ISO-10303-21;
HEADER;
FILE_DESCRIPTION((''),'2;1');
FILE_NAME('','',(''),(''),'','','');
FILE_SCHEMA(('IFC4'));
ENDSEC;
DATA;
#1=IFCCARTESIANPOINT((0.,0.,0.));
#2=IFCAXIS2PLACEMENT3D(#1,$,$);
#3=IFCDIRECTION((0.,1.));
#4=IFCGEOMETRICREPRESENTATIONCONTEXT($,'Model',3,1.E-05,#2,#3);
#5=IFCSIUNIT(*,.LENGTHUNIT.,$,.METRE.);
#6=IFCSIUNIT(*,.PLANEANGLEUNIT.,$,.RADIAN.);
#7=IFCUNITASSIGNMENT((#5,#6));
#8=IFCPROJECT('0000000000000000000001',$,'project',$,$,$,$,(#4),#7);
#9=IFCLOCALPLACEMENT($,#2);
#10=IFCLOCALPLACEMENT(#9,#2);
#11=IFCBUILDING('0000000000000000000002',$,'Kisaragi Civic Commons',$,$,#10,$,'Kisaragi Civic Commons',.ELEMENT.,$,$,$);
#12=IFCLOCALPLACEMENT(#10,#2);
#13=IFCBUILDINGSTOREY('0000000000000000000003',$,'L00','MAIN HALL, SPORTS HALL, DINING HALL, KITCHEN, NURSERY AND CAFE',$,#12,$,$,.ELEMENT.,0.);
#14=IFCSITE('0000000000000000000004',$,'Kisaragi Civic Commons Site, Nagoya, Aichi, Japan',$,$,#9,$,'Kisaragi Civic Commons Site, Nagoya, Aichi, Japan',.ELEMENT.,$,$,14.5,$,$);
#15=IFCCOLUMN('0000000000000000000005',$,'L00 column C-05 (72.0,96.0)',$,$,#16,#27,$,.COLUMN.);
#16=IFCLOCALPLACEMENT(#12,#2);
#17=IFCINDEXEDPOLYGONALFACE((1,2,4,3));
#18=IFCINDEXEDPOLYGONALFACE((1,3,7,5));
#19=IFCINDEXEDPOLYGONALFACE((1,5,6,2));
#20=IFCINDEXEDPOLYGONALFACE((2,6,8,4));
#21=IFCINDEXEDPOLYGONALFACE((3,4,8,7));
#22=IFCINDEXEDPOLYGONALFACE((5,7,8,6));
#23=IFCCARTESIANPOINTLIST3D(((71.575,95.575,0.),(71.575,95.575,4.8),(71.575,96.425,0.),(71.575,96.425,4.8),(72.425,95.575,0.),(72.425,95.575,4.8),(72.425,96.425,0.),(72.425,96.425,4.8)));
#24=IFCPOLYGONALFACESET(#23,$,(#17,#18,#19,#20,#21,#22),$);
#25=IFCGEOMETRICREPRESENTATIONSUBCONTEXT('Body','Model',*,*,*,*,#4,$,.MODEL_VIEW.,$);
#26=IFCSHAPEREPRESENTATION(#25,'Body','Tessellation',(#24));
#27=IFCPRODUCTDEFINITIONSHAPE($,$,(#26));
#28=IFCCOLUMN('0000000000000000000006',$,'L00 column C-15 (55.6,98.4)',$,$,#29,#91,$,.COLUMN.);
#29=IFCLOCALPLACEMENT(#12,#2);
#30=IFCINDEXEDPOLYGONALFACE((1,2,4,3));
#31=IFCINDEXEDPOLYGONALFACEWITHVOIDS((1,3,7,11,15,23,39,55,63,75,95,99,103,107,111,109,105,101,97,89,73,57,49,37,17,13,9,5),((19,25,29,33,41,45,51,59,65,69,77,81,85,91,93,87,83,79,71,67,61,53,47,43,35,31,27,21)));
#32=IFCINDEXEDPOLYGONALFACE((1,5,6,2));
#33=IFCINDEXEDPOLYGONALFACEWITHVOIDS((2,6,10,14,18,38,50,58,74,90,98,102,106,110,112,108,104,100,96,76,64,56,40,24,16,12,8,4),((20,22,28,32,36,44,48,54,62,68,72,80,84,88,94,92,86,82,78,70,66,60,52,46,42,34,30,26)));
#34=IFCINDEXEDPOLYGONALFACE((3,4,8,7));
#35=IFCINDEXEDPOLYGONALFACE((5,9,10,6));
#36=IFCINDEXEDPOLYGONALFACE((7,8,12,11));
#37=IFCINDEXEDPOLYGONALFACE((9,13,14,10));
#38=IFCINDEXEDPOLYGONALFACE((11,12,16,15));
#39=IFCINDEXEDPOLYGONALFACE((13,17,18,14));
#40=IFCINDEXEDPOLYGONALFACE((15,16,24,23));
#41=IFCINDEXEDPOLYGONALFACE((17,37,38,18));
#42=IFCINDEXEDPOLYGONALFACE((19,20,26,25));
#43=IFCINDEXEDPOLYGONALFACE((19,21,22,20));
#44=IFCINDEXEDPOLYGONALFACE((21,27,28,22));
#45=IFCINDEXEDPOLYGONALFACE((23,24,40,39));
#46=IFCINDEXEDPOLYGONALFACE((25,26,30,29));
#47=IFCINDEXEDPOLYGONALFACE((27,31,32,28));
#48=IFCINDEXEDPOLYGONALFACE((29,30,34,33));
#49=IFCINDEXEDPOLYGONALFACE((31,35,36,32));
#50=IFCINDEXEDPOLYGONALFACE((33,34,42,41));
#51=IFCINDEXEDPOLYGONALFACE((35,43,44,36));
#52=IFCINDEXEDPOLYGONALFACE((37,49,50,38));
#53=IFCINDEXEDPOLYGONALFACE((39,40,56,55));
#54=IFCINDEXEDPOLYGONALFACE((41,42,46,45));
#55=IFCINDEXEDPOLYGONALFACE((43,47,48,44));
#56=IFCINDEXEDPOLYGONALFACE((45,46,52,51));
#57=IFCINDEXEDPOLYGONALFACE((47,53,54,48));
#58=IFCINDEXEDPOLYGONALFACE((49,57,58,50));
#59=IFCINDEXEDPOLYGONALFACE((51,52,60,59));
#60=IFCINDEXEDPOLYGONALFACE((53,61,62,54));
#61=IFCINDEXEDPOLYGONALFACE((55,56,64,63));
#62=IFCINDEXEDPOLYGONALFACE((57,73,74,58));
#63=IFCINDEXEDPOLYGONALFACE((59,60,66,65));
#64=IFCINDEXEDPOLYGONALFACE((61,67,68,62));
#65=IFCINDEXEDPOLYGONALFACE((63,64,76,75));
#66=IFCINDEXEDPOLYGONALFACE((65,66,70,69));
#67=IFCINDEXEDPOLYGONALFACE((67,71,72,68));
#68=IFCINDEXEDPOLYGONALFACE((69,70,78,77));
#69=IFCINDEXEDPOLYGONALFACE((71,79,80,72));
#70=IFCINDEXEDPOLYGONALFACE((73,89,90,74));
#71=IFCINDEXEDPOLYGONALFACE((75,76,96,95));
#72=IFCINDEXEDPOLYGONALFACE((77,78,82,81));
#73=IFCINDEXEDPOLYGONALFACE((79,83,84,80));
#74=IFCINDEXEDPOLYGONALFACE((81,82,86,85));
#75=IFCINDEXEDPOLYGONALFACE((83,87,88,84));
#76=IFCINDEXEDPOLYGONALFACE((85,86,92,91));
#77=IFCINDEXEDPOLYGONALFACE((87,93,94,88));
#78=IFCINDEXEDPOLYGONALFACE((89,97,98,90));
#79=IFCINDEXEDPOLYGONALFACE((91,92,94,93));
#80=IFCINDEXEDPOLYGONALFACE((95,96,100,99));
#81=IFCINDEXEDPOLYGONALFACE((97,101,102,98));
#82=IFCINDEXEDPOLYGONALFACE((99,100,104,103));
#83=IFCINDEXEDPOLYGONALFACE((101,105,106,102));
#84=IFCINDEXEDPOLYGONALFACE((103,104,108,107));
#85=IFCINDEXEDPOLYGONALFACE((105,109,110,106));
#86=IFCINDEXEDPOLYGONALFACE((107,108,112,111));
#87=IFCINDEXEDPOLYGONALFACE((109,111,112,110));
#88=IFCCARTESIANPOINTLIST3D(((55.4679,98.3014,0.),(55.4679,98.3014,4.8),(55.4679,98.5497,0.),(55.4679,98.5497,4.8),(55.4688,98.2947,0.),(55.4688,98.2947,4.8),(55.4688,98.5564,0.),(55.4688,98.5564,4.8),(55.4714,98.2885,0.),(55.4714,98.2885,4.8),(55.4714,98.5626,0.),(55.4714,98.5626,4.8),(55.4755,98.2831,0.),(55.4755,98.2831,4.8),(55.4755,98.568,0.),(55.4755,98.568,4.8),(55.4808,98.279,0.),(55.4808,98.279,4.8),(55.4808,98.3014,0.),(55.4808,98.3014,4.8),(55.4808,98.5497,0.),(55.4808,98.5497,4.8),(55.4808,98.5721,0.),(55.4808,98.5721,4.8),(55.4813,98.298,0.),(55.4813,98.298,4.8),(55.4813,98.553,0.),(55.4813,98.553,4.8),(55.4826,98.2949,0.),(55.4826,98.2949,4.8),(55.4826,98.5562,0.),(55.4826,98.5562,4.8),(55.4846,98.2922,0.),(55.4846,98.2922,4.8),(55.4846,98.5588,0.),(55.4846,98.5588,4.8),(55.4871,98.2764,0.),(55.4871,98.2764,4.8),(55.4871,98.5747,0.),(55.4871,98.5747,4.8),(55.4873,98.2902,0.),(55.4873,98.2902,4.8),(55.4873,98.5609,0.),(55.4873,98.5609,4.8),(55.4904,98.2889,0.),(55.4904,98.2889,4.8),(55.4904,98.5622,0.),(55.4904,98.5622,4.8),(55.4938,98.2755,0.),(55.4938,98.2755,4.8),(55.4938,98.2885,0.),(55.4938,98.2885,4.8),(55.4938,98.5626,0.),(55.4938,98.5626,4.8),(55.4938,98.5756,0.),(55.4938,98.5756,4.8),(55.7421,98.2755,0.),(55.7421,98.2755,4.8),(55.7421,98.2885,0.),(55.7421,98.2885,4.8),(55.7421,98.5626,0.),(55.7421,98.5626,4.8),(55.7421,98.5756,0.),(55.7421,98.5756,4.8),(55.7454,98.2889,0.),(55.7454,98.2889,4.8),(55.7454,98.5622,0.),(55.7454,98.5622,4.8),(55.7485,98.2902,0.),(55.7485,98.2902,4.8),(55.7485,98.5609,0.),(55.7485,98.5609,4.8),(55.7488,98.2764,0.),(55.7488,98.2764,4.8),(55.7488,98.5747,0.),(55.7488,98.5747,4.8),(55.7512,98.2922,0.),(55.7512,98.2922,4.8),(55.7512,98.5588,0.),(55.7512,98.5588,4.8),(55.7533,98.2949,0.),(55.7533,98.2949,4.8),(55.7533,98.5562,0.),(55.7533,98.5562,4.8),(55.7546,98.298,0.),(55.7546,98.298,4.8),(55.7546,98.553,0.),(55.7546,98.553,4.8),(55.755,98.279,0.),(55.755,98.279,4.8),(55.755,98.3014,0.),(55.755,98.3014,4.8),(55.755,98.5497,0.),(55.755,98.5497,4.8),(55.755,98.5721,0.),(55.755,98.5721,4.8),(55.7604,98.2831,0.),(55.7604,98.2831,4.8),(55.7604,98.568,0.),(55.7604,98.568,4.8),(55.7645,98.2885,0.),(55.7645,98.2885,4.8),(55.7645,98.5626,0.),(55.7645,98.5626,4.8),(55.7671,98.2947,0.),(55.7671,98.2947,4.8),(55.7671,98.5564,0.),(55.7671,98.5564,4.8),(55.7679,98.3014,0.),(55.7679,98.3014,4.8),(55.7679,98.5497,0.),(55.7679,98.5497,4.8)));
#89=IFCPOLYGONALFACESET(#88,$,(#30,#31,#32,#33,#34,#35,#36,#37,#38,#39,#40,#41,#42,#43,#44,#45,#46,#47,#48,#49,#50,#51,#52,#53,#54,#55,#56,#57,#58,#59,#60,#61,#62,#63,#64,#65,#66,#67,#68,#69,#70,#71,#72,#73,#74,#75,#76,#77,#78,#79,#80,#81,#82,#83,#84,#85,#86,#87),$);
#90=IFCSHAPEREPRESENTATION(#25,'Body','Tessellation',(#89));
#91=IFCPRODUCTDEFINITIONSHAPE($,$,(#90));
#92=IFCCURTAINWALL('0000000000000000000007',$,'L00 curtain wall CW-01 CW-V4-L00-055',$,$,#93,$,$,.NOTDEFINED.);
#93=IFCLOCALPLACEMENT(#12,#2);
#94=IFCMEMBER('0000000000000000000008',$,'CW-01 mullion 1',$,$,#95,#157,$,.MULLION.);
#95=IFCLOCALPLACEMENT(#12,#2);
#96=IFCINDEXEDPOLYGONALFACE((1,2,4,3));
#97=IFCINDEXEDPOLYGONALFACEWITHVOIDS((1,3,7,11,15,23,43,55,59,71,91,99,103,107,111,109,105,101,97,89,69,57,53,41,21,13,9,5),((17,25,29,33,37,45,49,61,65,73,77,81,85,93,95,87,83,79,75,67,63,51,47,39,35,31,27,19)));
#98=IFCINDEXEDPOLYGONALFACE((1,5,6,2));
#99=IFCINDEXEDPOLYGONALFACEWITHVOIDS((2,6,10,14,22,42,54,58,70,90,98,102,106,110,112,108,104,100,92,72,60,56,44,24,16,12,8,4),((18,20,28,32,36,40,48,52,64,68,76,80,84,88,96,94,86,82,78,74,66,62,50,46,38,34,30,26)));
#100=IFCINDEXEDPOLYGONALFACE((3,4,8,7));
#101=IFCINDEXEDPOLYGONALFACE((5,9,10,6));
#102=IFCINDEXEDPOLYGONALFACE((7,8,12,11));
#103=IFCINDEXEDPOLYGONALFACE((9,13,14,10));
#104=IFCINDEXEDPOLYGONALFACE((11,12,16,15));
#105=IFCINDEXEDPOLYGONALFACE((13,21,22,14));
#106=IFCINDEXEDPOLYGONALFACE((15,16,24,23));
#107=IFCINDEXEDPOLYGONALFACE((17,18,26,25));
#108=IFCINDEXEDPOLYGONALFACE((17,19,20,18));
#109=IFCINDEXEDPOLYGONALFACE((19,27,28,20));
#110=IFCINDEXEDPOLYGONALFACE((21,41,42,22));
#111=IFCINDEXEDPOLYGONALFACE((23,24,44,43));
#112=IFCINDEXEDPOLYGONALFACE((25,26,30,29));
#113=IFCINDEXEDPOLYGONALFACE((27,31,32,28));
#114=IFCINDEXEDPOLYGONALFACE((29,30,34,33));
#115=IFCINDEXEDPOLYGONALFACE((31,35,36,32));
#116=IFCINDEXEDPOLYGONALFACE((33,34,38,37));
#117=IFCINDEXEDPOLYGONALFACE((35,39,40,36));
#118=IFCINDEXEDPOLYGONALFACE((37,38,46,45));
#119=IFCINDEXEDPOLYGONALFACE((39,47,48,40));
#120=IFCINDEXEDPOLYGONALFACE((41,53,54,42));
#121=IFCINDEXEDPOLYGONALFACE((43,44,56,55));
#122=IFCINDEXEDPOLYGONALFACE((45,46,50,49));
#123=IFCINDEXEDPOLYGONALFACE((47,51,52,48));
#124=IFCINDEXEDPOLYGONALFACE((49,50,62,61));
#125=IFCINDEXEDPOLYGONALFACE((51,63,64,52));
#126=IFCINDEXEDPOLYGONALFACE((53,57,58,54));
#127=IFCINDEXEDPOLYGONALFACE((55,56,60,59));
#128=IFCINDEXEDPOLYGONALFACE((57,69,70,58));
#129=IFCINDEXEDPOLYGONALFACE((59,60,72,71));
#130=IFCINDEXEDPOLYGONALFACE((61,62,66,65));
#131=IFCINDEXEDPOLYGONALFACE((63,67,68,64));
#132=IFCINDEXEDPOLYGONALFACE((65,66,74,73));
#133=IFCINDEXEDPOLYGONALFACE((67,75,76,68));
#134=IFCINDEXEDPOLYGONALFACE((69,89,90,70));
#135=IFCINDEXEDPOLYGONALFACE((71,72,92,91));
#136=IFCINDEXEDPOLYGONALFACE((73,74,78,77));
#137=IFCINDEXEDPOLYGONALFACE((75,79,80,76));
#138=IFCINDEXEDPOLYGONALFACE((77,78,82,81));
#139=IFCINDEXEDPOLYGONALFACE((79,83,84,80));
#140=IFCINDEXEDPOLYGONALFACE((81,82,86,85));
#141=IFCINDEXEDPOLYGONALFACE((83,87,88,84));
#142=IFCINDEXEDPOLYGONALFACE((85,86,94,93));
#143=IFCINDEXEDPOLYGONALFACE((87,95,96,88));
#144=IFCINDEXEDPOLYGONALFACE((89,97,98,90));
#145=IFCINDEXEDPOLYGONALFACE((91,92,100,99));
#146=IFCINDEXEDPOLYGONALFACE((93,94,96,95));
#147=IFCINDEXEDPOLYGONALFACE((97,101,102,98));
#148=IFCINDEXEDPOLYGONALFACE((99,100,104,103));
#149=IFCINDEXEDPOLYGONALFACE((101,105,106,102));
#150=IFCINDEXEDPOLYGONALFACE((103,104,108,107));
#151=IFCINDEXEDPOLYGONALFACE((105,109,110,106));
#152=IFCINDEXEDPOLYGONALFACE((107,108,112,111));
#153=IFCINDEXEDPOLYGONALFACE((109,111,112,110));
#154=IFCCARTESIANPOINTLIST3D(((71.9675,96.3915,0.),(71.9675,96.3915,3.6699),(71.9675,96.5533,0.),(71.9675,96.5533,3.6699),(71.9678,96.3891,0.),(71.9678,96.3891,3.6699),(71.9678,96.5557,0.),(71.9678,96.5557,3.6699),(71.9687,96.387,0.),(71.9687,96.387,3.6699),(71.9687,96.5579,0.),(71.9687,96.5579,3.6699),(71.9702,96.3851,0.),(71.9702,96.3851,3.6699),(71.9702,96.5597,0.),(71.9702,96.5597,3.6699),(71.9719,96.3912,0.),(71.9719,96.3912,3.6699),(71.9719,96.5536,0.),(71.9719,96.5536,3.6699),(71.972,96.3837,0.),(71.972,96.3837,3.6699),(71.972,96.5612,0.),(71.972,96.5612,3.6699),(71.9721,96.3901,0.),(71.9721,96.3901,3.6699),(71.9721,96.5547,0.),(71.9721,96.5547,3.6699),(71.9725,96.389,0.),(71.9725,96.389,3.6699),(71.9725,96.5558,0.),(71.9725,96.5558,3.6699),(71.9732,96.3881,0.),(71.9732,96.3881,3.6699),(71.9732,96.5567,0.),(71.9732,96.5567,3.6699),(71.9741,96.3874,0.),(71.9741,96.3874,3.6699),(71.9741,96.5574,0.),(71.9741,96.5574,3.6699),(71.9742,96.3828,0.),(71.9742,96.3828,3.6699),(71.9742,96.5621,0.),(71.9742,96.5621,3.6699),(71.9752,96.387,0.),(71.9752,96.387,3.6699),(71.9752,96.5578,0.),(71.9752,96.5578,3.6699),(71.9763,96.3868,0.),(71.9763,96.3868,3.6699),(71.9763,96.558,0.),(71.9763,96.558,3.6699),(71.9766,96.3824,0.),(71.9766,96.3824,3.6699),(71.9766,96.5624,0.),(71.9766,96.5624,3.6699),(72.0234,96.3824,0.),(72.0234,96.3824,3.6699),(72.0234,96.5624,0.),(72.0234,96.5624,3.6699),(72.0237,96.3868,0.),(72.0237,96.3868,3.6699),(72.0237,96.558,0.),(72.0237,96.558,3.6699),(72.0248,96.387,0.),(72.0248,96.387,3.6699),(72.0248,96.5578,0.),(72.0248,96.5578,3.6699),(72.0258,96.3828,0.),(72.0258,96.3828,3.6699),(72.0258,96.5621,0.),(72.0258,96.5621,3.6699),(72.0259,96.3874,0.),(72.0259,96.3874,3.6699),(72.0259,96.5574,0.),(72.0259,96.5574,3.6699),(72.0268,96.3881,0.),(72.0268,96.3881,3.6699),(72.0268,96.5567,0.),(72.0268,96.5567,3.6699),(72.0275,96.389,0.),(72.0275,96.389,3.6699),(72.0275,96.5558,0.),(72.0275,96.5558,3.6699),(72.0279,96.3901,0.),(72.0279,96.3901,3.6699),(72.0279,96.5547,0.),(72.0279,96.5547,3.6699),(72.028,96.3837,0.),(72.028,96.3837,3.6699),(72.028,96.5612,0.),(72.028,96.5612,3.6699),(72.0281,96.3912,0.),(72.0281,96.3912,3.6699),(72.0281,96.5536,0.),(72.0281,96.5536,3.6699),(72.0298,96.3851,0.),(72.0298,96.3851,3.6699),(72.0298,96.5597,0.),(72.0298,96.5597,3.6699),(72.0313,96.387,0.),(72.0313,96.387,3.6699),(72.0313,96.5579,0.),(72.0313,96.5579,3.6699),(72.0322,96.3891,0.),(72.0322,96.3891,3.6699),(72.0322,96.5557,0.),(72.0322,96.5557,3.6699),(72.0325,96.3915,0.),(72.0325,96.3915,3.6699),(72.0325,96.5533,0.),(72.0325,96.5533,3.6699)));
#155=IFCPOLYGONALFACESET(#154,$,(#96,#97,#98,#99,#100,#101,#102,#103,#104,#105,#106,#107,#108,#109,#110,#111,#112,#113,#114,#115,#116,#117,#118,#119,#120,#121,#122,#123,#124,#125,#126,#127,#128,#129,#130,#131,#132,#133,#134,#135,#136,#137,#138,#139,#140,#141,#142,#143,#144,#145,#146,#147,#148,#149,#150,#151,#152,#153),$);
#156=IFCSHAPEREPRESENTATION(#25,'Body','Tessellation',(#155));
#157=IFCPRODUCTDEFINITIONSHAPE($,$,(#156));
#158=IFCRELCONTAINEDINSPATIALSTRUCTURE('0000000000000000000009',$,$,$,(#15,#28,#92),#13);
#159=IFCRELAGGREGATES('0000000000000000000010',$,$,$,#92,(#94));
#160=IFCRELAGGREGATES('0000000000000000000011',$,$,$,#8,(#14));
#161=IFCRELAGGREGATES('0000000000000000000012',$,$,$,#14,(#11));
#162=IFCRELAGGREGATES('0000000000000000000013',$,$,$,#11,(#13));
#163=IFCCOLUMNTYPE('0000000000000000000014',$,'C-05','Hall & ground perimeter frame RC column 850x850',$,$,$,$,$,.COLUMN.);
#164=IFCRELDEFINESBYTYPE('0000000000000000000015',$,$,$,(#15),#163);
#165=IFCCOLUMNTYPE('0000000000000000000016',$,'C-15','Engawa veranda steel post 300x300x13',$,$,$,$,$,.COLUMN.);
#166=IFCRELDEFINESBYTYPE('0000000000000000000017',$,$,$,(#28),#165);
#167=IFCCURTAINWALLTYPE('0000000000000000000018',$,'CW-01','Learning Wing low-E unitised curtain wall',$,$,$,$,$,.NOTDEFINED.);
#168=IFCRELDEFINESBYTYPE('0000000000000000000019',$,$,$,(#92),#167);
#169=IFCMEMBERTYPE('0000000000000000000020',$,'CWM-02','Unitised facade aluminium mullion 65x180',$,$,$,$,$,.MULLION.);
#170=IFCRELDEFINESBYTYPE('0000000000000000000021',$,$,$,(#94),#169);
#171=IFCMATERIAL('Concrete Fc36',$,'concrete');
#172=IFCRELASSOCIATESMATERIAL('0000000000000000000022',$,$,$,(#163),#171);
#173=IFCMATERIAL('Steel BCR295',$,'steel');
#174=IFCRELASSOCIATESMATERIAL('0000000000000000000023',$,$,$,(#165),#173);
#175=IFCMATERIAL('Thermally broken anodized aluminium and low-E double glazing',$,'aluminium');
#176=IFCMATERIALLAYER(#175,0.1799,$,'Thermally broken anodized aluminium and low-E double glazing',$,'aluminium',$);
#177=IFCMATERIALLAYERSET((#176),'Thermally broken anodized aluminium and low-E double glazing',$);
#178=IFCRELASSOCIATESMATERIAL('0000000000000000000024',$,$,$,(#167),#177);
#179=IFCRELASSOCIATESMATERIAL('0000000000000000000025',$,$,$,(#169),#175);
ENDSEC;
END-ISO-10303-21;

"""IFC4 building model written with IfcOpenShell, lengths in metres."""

from ifc_helpers import new_model, si_unit, direction, frame, origin, origin_2d, place, context, subcontext, project, spatial, rectangle, hollow_rectangle, extrude, material, layer, layer_set, material_profile, profile_set, type_object, element, aggregate, save


model = new_model("IFC4")

# Units and contexts
model_context = context("Model", 3, precision=1e-05, world=origin(), true_north=direction((0.0, 1.0)))
body_context = subcontext(model_context, "Body", "Model", "MODEL_VIEW")
ifc_project = project(units=[si_unit("LENGTHUNIT", "METRE"), si_unit("PLANEANGLEUNIT", "RADIAN")], contexts=[model_context])

# Site, building, storey
site_placement = place(None, origin())
site = spatial("IfcSite", under=ifc_project, at=site_placement, Name="Kisaragi Civic Commons Site, Nagoya, Aichi, Japan", LongName="Kisaragi Civic Commons Site, Nagoya, Aichi, Japan", CompositionType="ELEMENT", RefElevation=14.5)
building_placement = place(site_placement, origin())
building = spatial("IfcBuilding", under=site, at=building_placement, Name="Kisaragi Civic Commons", LongName="Kisaragi Civic Commons", CompositionType="ELEMENT")
storey_placement = place(building_placement, origin())
storey = spatial("IfcBuildingStorey", under=building, at=storey_placement, Name="L00", Description="MAIN HALL, SPORTS HALL, DINING HALL, KITCHEN, NURSERY AND CAFE", CompositionType="ELEMENT", Elevation=0.0)

# Columns
ifc_material_1 = material(Name="Concrete Fc36", Category="concrete")
ifc_material_profile_1 = material_profile(ifc_material_1, rectangle(XDim=0.8501, YDim=0.8501, at=origin_2d()), Name="RC-850x850", Category="concrete")
ifc_profile_set_1 = profile_set([ifc_material_profile_1], Name="Concrete Fc36")
column_type_1 = type_object("IfcColumnType", Name="C-05", Description="Hall & ground perimeter frame RC column 850x850", PredefinedType="COLUMN", material=ifc_profile_set_1)
column_1_placement = place(storey_placement, frame((72.0, 96.0, 0.0), z_axis=(0.0, 0.0, 1.0), x_axis=(1.0, 0.0, 0.0)))
element("IfcColumn", 1, at=column_1_placement, inside=storey, type_object=column_type_1, Name="L00 column C-05 (72.0,96.0)", PredefinedType="COLUMN", context=body_context, shape_type="SweptSolid", body=[
    extrude(rectangle(XDim=0.8501, YDim=0.8501, at=origin_2d()), origin(), (0.0, 0.0, 1.0), 4.8),
])
ifc_material_2 = material(Name="Steel BCR295", Category="steel")
ifc_material_profile_2 = material_profile(ifc_material_2, hollow_rectangle(XDim=0.3, YDim=0.3, WallThickness=0.0129, InnerFilletRadius=0.0129, OuterFilletRadius=0.0259, at=origin_2d()), Name="BCR-300x300x13", Category="steel")
ifc_profile_set_2 = profile_set([ifc_material_profile_2], Name="Steel BCR295")
column_type_2 = type_object("IfcColumnType", Name="C-15", Description="Engawa veranda steel post 300x300x13", PredefinedType="COLUMN", material=ifc_profile_set_2)
column_2_placement = place(storey_placement, frame((55.6179, 98.4255, 0.0), z_axis=(0.0, 0.0, 1.0), x_axis=(1.0, 0.0, 0.0)))
element("IfcColumn", 2, at=column_2_placement, inside=storey, type_object=column_type_2, Name="L00 column C-15 (55.6,98.4)", PredefinedType="COLUMN", context=body_context, shape_type="SweptSolid", body=[
    extrude(hollow_rectangle(XDim=0.3, YDim=0.3, WallThickness=0.0129, InnerFilletRadius=0.0129, OuterFilletRadius=0.0259, at=origin_2d()), origin(), (0.0, 0.0, 1.0), 4.8),
])

# Curtain wall, member
ifc_material_3 = material(Name="Thermally broken anodized aluminium and low-E double glazing", Category="aluminium")
ifc_layer_1 = layer(ifc_material_3, 0.1799, Name="Thermally broken anodized aluminium and low-E double glazing", Category="aluminium")
ifc_layer_set_1 = layer_set([ifc_layer_1], Name="Thermally broken anodized aluminium and low-E double glazing")
curtain_wall_type = type_object("IfcCurtainWallType", Name="CW-01", Description="Learning Wing low-E unitised curtain wall", PredefinedType="NOTDEFINED", material=ifc_layer_set_1)
curtain_wall_placement = place(storey_placement, origin())
curtain_wall = element("IfcCurtainWall", 3, at=curtain_wall_placement, inside=storey, type_object=curtain_wall_type, Name="L00 curtain wall CW-01 CW-V4-L00-055", PredefinedType="NOTDEFINED")
ifc_material_profile_3 = material_profile(ifc_material_3, hollow_rectangle(XDim=0.0649, YDim=0.1799, WallThickness=0.0044, InnerFilletRadius=0.0044, OuterFilletRadius=0.009, at=origin_2d()), Name="CWM-65x180x4.5", Category="aluminium")
ifc_profile_set_3 = profile_set([ifc_material_profile_3], Name="Thermally broken anodized aluminium and low-E double glazing")
member_type_1 = type_object("IfcMemberType", Name="CWM-02", Description="Unitised facade aluminium mullion 65x180", PredefinedType="MULLION", material=ifc_profile_set_3)
member_1_placement = place(storey_placement, frame((72.0, 96.4724, 0.0), z_axis=(0.0, 0.0, 1.0), x_axis=(-1.0, 0.0, 0.0)))
member_1 = element("IfcMember", 4, at=member_1_placement, type_object=member_type_1, Name="CW-01 mullion 1", PredefinedType="MULLION", context=body_context, shape_type="SweptSolid", body=[
    extrude(hollow_rectangle(XDim=0.0649, YDim=0.1799, WallThickness=0.0044, InnerFilletRadius=0.0044, OuterFilletRadius=0.009, at=origin_2d()), origin(), (0.0, 0.0, 1.0), 3.6699),
])

aggregate(curtain_wall, [member_1])

save(model, "model.ifc")
